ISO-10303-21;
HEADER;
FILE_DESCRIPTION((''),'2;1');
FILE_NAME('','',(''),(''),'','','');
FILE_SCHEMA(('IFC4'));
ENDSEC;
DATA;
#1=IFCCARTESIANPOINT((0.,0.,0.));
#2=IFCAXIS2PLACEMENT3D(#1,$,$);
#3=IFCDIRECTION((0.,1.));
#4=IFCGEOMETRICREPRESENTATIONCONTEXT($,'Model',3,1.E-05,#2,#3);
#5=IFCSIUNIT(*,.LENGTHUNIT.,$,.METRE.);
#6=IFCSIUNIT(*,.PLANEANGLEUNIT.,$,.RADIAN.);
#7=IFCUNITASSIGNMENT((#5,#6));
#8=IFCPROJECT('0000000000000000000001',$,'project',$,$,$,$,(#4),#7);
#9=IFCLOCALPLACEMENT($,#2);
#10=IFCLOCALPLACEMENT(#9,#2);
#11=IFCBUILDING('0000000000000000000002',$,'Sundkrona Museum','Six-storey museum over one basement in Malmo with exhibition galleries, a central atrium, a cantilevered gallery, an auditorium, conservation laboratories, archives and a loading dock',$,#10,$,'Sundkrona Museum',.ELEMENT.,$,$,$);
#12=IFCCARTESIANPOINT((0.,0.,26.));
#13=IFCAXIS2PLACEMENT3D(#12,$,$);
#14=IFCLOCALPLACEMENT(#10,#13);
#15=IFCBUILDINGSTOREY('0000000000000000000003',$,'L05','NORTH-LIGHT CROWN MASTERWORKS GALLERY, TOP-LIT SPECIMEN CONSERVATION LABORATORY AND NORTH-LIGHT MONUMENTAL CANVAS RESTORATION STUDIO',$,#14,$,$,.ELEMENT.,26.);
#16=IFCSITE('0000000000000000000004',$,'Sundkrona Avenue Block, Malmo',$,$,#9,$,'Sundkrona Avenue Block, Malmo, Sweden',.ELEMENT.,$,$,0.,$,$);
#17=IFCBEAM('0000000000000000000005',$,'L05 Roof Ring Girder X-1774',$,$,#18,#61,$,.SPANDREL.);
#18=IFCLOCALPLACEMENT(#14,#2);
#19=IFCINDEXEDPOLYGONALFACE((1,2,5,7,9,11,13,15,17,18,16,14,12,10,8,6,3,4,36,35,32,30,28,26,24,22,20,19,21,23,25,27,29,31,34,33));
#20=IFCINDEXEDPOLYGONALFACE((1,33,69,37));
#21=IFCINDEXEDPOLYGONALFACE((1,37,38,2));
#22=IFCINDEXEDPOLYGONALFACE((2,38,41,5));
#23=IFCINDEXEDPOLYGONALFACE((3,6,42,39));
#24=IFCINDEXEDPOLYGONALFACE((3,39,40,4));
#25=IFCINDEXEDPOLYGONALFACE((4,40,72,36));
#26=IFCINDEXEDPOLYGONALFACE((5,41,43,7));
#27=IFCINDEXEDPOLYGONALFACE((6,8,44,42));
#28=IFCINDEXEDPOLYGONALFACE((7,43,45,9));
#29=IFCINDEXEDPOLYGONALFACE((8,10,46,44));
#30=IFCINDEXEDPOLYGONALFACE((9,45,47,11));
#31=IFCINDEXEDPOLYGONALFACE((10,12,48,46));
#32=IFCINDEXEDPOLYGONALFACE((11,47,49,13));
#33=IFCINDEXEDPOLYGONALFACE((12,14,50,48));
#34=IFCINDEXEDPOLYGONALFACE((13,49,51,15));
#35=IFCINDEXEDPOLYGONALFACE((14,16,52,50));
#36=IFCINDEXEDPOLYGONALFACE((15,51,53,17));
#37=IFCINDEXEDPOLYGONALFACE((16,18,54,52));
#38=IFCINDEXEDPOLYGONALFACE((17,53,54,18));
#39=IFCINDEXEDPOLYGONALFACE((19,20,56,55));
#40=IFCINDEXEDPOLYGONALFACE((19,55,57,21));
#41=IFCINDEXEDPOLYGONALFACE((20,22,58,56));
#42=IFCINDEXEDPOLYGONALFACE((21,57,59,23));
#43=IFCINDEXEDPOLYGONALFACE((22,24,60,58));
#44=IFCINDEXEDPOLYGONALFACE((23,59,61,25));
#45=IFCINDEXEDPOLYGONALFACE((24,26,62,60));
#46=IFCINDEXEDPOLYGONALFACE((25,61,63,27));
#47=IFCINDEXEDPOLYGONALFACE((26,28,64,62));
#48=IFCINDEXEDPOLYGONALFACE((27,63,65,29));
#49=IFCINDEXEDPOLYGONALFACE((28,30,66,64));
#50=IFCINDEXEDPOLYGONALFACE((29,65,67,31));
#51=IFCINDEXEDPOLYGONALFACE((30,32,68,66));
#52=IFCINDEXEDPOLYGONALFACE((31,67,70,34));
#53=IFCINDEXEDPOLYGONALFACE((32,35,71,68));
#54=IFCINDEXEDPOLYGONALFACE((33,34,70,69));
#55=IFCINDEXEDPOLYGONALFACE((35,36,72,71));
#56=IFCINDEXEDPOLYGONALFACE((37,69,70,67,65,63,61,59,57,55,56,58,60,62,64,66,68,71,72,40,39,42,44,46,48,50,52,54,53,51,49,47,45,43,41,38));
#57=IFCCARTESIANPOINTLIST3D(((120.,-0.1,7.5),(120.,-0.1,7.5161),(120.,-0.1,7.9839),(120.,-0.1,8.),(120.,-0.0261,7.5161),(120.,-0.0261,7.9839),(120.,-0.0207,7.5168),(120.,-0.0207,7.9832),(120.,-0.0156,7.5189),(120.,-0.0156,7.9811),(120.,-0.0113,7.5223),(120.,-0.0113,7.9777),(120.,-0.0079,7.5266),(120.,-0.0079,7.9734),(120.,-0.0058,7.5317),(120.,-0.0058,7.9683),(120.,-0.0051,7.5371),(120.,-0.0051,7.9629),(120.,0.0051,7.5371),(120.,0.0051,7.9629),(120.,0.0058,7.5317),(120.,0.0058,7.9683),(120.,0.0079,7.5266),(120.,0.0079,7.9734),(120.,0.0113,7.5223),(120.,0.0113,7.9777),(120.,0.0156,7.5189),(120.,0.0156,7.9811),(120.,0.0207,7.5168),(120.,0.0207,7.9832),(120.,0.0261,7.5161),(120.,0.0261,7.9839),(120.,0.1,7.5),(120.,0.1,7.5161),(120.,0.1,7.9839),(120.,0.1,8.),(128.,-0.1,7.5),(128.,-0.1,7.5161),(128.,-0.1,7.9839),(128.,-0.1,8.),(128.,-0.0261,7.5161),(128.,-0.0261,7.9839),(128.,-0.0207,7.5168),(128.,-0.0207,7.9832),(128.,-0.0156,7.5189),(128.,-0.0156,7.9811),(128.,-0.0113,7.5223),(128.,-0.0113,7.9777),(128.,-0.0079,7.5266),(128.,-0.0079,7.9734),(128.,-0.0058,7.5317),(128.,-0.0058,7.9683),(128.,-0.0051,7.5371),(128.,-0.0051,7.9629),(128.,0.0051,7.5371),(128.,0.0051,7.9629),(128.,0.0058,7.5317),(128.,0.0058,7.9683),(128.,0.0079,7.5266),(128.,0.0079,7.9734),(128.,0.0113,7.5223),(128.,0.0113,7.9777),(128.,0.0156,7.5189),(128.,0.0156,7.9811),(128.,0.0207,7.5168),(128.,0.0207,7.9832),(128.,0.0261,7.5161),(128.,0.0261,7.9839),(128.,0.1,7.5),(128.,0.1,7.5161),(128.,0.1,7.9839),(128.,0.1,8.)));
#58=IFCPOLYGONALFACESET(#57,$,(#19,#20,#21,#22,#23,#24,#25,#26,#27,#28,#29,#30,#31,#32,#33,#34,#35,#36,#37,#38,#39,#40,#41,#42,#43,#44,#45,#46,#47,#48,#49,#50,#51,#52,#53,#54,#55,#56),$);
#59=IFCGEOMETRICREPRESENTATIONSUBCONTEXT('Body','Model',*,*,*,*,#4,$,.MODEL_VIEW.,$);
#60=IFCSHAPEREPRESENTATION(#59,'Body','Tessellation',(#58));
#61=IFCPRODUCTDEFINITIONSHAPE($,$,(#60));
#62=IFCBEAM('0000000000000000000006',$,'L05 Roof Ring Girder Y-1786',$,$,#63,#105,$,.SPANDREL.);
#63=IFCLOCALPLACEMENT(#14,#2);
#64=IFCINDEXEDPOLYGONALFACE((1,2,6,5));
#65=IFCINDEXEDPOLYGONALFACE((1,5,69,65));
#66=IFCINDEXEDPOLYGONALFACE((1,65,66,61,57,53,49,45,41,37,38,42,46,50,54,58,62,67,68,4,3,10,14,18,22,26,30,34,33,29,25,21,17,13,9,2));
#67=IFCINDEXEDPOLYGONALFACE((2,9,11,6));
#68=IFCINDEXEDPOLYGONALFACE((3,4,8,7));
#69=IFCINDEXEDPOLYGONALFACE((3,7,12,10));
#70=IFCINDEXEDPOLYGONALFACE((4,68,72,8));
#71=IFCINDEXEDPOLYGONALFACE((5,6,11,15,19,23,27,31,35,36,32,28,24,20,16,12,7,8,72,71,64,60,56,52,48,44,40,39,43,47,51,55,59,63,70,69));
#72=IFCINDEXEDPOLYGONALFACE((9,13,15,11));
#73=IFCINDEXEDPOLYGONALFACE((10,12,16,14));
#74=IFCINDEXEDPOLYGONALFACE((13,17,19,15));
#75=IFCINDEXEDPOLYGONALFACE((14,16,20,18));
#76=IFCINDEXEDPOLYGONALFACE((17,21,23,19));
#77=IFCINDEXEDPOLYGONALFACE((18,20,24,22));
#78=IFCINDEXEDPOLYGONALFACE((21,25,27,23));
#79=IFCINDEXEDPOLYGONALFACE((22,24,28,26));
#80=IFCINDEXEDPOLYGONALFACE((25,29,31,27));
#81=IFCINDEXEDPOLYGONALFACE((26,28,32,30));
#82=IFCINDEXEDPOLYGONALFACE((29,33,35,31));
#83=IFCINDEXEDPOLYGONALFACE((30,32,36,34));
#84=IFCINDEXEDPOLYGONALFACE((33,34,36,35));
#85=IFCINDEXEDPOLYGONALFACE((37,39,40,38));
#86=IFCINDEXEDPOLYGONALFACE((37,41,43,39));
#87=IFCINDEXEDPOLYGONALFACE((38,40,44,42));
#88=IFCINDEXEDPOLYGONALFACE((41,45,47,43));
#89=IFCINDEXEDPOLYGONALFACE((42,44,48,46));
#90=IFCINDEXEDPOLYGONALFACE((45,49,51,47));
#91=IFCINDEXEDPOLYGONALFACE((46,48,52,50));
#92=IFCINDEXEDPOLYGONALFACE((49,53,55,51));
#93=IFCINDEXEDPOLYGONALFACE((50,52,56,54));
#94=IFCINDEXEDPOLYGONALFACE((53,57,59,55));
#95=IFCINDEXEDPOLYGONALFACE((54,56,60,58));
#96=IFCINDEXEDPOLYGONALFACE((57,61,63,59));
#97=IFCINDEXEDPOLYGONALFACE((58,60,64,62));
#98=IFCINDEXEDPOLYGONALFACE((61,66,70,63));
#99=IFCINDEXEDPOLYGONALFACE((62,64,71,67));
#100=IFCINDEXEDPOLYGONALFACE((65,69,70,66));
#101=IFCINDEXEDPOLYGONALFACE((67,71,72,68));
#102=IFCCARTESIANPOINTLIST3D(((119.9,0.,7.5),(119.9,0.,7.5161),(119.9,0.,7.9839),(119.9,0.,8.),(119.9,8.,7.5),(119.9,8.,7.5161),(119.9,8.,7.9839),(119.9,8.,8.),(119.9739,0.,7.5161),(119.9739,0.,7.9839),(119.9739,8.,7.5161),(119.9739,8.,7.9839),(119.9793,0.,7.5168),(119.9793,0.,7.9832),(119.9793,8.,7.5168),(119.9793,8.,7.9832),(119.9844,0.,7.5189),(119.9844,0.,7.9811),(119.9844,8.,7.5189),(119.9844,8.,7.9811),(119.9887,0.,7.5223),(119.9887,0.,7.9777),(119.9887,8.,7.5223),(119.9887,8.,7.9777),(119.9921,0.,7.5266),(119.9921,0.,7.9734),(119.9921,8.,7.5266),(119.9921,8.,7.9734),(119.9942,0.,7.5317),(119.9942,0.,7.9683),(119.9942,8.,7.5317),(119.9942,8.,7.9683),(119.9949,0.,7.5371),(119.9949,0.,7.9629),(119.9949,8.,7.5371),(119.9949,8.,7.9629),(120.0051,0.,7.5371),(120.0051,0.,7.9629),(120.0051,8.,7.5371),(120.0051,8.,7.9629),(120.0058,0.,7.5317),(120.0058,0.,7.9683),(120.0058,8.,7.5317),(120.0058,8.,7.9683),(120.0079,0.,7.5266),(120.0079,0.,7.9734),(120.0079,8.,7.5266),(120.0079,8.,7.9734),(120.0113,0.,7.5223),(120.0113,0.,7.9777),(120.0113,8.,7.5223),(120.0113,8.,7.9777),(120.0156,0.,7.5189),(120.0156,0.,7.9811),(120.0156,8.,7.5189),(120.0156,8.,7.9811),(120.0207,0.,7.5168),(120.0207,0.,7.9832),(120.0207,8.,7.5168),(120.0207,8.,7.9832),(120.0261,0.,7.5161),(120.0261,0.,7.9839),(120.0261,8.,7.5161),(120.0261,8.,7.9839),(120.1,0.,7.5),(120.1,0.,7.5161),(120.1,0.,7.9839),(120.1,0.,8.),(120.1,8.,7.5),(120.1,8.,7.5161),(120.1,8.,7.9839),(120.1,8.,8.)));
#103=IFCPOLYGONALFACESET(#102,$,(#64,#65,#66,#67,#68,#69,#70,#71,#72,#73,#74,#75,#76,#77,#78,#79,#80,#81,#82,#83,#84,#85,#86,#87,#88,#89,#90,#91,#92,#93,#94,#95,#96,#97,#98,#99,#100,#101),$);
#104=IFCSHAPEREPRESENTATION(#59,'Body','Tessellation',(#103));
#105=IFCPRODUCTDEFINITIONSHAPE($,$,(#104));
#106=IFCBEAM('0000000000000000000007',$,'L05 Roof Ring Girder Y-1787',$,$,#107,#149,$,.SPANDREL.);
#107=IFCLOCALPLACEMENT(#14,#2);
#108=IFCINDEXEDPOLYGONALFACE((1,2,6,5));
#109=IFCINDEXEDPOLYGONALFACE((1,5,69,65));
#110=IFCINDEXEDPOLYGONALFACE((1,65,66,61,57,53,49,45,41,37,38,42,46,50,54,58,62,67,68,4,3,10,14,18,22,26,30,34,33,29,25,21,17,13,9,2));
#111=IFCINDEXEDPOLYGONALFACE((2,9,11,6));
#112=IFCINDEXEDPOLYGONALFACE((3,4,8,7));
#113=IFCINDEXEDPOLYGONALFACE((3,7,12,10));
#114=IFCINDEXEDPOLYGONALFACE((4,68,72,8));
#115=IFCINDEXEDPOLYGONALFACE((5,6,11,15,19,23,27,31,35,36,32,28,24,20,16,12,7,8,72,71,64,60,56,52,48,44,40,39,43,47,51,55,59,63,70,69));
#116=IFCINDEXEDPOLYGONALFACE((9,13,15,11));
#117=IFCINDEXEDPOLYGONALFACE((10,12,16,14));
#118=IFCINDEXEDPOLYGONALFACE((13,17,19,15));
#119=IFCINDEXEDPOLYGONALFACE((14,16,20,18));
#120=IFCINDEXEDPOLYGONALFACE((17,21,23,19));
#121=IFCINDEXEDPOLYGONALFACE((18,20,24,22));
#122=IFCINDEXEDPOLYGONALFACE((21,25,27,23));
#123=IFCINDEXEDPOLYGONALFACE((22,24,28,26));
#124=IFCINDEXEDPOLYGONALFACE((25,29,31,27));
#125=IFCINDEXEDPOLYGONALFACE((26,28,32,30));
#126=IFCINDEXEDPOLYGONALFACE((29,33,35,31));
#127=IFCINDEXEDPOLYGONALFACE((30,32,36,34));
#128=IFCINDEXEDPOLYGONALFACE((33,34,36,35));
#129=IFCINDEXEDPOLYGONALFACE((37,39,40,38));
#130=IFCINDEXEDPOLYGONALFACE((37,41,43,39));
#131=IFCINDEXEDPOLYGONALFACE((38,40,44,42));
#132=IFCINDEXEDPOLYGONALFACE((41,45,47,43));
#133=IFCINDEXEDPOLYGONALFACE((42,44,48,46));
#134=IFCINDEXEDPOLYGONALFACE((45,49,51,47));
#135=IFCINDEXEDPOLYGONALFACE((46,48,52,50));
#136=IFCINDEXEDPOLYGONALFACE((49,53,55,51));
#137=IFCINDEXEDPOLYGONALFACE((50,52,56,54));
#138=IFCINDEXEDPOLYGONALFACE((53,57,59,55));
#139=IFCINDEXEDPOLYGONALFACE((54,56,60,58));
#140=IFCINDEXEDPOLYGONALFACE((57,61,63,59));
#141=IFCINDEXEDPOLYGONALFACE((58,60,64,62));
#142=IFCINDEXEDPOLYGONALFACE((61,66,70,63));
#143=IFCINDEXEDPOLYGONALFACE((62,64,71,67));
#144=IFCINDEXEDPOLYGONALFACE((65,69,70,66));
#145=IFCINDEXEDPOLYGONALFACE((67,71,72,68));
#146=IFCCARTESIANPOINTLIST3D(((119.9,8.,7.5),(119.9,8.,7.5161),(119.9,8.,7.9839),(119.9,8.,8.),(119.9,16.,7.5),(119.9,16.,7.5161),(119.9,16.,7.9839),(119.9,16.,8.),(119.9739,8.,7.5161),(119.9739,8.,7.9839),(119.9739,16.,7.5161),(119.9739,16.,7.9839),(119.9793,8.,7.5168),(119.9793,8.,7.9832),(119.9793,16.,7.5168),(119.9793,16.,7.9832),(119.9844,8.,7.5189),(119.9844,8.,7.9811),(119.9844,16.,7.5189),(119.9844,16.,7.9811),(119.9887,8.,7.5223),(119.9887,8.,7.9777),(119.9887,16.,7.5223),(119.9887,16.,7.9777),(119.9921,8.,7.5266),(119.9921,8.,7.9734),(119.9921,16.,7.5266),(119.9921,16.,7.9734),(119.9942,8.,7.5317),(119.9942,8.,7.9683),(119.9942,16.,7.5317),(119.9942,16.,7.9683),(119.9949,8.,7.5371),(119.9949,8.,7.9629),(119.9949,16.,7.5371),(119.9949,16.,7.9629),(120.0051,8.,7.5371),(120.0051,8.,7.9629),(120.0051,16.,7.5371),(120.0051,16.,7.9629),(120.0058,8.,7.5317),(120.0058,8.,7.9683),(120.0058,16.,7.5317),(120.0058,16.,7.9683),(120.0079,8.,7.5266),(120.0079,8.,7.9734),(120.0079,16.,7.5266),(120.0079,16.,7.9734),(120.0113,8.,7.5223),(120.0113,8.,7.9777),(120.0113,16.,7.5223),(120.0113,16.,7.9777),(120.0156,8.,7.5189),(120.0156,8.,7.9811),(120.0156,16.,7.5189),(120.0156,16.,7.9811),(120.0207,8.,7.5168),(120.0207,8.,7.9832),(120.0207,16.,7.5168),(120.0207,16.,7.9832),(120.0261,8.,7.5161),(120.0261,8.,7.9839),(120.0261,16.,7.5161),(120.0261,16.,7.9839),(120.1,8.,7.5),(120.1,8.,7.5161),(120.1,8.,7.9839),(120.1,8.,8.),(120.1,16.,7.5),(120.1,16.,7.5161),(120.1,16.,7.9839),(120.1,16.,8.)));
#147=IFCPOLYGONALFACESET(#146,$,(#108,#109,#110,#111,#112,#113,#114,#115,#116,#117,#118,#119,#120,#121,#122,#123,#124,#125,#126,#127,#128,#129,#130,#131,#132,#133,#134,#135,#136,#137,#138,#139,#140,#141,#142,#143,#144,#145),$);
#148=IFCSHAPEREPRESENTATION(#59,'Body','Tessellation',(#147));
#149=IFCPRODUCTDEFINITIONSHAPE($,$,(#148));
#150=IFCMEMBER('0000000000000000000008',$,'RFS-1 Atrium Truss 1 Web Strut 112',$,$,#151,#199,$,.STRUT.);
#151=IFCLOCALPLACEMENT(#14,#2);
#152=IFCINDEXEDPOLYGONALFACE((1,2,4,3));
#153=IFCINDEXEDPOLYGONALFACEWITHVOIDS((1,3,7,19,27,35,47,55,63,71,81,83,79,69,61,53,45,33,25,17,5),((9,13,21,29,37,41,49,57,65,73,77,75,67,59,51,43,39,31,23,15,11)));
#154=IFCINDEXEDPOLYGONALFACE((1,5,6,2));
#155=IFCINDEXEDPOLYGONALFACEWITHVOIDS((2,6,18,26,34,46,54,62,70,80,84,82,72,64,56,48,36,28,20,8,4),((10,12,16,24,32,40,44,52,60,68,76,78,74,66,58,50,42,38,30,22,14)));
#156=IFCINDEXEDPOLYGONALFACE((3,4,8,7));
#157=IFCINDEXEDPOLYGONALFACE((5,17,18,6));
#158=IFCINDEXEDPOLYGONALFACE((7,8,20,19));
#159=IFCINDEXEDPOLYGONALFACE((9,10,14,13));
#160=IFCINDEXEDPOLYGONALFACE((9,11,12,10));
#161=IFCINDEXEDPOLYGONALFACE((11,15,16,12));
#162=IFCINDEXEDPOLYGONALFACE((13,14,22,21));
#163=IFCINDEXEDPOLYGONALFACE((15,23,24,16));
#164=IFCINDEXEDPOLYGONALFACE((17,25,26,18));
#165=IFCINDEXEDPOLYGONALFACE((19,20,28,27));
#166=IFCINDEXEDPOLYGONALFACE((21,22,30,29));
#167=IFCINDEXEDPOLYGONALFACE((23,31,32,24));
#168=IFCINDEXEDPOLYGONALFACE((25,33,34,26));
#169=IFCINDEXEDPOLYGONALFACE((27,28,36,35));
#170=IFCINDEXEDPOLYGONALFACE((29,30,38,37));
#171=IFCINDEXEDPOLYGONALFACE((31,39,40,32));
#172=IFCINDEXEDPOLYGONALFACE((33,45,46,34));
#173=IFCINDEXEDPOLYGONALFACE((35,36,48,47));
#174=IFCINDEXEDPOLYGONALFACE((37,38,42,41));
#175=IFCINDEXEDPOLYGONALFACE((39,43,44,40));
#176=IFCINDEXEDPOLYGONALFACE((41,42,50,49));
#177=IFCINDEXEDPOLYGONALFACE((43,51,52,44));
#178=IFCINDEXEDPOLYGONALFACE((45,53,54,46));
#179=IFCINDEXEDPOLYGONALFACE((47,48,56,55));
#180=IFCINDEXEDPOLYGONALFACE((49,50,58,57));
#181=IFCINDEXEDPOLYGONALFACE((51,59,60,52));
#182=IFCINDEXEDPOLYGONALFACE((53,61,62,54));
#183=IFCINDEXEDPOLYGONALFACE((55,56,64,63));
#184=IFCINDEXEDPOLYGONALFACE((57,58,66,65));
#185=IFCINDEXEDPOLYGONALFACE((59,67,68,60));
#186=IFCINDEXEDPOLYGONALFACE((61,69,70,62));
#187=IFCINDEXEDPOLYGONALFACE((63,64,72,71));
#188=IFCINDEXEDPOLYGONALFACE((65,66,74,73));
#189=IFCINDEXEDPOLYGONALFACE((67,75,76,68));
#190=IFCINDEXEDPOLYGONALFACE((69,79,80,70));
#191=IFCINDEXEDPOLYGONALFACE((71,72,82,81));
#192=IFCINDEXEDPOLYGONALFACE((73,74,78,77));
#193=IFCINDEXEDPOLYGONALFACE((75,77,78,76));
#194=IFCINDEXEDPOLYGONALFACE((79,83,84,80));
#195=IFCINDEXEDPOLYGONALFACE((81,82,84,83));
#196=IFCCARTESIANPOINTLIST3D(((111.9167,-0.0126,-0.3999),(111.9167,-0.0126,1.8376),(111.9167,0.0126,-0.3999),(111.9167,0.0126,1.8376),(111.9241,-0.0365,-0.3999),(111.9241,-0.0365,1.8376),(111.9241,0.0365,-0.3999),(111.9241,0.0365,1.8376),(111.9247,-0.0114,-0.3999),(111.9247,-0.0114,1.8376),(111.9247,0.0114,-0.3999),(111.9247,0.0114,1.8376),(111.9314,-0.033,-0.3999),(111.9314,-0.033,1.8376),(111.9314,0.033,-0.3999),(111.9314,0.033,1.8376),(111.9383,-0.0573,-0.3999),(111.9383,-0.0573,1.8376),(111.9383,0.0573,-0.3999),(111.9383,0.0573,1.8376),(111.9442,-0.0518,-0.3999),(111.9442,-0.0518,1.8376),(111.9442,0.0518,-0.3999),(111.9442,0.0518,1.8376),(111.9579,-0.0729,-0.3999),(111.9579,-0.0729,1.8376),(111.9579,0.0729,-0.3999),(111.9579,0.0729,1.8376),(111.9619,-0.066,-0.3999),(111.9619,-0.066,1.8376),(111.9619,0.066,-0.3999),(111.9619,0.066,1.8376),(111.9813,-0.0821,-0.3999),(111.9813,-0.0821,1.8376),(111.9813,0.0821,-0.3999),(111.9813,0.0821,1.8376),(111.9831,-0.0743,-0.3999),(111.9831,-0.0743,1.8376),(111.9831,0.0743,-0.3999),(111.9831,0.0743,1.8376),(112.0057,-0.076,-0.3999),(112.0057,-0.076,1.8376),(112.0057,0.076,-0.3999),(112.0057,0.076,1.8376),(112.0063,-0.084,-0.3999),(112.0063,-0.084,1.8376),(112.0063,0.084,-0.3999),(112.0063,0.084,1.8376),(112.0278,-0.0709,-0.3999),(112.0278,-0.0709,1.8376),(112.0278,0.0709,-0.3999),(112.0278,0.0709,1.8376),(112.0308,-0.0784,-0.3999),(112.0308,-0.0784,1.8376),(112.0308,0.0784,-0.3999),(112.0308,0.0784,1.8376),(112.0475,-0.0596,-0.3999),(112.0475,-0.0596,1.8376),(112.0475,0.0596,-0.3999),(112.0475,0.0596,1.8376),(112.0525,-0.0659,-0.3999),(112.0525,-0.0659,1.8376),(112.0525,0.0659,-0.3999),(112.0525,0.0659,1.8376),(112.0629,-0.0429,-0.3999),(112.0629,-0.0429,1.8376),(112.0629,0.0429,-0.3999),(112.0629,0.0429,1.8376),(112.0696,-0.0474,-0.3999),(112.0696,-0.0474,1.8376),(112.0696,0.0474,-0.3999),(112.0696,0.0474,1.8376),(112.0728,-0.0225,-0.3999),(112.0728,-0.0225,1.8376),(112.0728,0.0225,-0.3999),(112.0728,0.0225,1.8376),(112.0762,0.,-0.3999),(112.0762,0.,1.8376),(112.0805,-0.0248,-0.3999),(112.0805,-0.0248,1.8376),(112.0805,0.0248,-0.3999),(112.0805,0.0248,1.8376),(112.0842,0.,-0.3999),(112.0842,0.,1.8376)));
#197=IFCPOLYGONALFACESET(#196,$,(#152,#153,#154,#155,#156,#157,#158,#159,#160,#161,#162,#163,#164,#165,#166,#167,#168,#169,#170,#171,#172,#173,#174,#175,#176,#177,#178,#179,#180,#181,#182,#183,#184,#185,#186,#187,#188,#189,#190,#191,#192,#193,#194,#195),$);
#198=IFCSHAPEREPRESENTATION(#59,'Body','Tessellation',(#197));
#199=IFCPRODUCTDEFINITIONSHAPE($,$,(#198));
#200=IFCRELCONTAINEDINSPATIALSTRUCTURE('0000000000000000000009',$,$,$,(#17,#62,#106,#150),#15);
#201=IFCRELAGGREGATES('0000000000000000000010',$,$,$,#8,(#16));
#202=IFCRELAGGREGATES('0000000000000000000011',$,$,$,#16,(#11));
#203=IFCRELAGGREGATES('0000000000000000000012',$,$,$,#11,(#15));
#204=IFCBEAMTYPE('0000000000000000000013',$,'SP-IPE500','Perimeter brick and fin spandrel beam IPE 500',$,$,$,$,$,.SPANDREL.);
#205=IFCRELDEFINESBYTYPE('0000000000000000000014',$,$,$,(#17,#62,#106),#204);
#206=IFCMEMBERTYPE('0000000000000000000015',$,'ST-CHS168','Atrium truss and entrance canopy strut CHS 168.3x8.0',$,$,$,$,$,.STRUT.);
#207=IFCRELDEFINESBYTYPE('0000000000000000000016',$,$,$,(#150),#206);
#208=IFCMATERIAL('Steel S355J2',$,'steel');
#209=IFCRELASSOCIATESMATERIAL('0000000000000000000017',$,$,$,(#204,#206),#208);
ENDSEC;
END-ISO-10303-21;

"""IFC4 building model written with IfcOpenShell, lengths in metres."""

from ifc_helpers import new_model, si_unit, direction, frame, origin, origin_2d, place, context, subcontext, project, spatial, hollow_circle, i_section, extrude, material, material_profile, profile_set, type_object, element, save


model = new_model("IFC4")

# Units and contexts
model_context = context("Model", 3, precision=1e-05, world=origin(), true_north=direction((0.0, 1.0)))
body_context = subcontext(model_context, "Body", "Model", "MODEL_VIEW")
ifc_project = project(units=[si_unit("LENGTHUNIT", "METRE"), si_unit("PLANEANGLEUNIT", "RADIAN")], contexts=[model_context])

# Site, building, storey
site_placement = place(None, origin())
site = spatial("IfcSite", under=ifc_project, at=site_placement, Name="Sundkrona Avenue Block, Malmo", LongName="Sundkrona Avenue Block, Malmo, Sweden", CompositionType="ELEMENT", RefElevation=0.0)
building_placement = place(site_placement, origin())
building = spatial("IfcBuilding", under=site, at=building_placement, Name="Sundkrona Museum", Description="Six-storey museum over one basement in Malmo with exhibition galleries, a central atrium, a cantilevered gallery, an auditorium, conservation laboratories, archives and a loading dock", LongName="Sundkrona Museum", CompositionType="ELEMENT")
storey_placement = place(building_placement, frame((0.0, 0.0, 26.0)))
storey = spatial("IfcBuildingStorey", under=building, at=storey_placement, Name="L05", Description="NORTH-LIGHT CROWN MASTERWORKS GALLERY, TOP-LIT SPECIMEN CONSERVATION LABORATORY AND NORTH-LIGHT MONUMENTAL CANVAS RESTORATION STUDIO", CompositionType="ELEMENT", Elevation=26.0)

# Shared definitions
ifc_material_1 = material(Name="Steel S355J2", Category="steel")

# Beams
ifc_material_profile_1 = material_profile(ifc_material_1, i_section(OverallWidth=0.2, OverallDepth=0.5, WebThickness=0.0103, FlangeThickness=0.0161, FilletRadius=0.021, at=origin_2d()), Name="IPE 500")
ifc_profile_set_1 = profile_set([ifc_material_profile_1], Name="Steel S355J2")
beam_type = type_object("IfcBeamType", Name="SP-IPE500", Description="Perimeter brick and fin spandrel beam IPE 500", PredefinedType="SPANDREL", material=ifc_profile_set_1)
for number, where, z_axis, x_axis, name in (
    (1, (120.0, 0.0, 7.75), (1.0, 0.0, 0.0), (0.0, 1.0, 0.0), "L05 Roof Ring Girder X-1774"),
    (2, (120.0, 0.0, 7.75), (0.0, 1.0, 0.0), (-1.0, 0.0, 0.0), "L05 Roof Ring Girder Y-1786"),
    (3, (120.0, 8.0, 7.75), (0.0, 1.0, 0.0), (-1.0, 0.0, 0.0), "L05 Roof Ring Girder Y-1787"),
):
    element("IfcBeam", number, at=place(storey_placement, frame(where, z_axis=z_axis, x_axis=x_axis)), inside=storey, type_object=beam_type, Name=name, PredefinedType="SPANDREL", context=body_context, shape_type="SweptSolid", body=[
        extrude(i_section(OverallWidth=0.2, OverallDepth=0.5, WebThickness=0.0103, FlangeThickness=0.0161, FilletRadius=0.021, at=origin_2d()), origin(), (0.0, 0.0, 1.0), 8.0),
    ])

# Member
ifc_material_profile_2 = material_profile(ifc_material_1, hollow_circle(Radius=0.0842, WallThickness=0.0081, at=origin_2d()), Name="CHS 168.3x8.0")
ifc_profile_set_2 = profile_set([ifc_material_profile_2], Name="Steel S355J2")
member_type_1 = type_object("IfcMemberType", Name="ST-CHS168", Description="Atrium truss and entrance canopy strut CHS 168.3x8.0", PredefinedType="STRUT", material=ifc_profile_set_2)
member_1_placement = place(storey_placement, frame((112.0, 0.0, -0.3999), z_axis=(0.0, 0.0, 1.0), x_axis=(1.0, 0.0, 0.0)))
element("IfcMember", 4, at=member_1_placement, inside=storey, type_object=member_type_1, Name="RFS-1 Atrium Truss 1 Web Strut 112", PredefinedType="STRUT", context=body_context, shape_type="SweptSolid", body=[
    extrude(hollow_circle(Radius=0.0842, WallThickness=0.0081, at=origin_2d()), origin(), (0.0, 0.0, 1.0), 2.2375),
])

save(model, "model.ifc")
